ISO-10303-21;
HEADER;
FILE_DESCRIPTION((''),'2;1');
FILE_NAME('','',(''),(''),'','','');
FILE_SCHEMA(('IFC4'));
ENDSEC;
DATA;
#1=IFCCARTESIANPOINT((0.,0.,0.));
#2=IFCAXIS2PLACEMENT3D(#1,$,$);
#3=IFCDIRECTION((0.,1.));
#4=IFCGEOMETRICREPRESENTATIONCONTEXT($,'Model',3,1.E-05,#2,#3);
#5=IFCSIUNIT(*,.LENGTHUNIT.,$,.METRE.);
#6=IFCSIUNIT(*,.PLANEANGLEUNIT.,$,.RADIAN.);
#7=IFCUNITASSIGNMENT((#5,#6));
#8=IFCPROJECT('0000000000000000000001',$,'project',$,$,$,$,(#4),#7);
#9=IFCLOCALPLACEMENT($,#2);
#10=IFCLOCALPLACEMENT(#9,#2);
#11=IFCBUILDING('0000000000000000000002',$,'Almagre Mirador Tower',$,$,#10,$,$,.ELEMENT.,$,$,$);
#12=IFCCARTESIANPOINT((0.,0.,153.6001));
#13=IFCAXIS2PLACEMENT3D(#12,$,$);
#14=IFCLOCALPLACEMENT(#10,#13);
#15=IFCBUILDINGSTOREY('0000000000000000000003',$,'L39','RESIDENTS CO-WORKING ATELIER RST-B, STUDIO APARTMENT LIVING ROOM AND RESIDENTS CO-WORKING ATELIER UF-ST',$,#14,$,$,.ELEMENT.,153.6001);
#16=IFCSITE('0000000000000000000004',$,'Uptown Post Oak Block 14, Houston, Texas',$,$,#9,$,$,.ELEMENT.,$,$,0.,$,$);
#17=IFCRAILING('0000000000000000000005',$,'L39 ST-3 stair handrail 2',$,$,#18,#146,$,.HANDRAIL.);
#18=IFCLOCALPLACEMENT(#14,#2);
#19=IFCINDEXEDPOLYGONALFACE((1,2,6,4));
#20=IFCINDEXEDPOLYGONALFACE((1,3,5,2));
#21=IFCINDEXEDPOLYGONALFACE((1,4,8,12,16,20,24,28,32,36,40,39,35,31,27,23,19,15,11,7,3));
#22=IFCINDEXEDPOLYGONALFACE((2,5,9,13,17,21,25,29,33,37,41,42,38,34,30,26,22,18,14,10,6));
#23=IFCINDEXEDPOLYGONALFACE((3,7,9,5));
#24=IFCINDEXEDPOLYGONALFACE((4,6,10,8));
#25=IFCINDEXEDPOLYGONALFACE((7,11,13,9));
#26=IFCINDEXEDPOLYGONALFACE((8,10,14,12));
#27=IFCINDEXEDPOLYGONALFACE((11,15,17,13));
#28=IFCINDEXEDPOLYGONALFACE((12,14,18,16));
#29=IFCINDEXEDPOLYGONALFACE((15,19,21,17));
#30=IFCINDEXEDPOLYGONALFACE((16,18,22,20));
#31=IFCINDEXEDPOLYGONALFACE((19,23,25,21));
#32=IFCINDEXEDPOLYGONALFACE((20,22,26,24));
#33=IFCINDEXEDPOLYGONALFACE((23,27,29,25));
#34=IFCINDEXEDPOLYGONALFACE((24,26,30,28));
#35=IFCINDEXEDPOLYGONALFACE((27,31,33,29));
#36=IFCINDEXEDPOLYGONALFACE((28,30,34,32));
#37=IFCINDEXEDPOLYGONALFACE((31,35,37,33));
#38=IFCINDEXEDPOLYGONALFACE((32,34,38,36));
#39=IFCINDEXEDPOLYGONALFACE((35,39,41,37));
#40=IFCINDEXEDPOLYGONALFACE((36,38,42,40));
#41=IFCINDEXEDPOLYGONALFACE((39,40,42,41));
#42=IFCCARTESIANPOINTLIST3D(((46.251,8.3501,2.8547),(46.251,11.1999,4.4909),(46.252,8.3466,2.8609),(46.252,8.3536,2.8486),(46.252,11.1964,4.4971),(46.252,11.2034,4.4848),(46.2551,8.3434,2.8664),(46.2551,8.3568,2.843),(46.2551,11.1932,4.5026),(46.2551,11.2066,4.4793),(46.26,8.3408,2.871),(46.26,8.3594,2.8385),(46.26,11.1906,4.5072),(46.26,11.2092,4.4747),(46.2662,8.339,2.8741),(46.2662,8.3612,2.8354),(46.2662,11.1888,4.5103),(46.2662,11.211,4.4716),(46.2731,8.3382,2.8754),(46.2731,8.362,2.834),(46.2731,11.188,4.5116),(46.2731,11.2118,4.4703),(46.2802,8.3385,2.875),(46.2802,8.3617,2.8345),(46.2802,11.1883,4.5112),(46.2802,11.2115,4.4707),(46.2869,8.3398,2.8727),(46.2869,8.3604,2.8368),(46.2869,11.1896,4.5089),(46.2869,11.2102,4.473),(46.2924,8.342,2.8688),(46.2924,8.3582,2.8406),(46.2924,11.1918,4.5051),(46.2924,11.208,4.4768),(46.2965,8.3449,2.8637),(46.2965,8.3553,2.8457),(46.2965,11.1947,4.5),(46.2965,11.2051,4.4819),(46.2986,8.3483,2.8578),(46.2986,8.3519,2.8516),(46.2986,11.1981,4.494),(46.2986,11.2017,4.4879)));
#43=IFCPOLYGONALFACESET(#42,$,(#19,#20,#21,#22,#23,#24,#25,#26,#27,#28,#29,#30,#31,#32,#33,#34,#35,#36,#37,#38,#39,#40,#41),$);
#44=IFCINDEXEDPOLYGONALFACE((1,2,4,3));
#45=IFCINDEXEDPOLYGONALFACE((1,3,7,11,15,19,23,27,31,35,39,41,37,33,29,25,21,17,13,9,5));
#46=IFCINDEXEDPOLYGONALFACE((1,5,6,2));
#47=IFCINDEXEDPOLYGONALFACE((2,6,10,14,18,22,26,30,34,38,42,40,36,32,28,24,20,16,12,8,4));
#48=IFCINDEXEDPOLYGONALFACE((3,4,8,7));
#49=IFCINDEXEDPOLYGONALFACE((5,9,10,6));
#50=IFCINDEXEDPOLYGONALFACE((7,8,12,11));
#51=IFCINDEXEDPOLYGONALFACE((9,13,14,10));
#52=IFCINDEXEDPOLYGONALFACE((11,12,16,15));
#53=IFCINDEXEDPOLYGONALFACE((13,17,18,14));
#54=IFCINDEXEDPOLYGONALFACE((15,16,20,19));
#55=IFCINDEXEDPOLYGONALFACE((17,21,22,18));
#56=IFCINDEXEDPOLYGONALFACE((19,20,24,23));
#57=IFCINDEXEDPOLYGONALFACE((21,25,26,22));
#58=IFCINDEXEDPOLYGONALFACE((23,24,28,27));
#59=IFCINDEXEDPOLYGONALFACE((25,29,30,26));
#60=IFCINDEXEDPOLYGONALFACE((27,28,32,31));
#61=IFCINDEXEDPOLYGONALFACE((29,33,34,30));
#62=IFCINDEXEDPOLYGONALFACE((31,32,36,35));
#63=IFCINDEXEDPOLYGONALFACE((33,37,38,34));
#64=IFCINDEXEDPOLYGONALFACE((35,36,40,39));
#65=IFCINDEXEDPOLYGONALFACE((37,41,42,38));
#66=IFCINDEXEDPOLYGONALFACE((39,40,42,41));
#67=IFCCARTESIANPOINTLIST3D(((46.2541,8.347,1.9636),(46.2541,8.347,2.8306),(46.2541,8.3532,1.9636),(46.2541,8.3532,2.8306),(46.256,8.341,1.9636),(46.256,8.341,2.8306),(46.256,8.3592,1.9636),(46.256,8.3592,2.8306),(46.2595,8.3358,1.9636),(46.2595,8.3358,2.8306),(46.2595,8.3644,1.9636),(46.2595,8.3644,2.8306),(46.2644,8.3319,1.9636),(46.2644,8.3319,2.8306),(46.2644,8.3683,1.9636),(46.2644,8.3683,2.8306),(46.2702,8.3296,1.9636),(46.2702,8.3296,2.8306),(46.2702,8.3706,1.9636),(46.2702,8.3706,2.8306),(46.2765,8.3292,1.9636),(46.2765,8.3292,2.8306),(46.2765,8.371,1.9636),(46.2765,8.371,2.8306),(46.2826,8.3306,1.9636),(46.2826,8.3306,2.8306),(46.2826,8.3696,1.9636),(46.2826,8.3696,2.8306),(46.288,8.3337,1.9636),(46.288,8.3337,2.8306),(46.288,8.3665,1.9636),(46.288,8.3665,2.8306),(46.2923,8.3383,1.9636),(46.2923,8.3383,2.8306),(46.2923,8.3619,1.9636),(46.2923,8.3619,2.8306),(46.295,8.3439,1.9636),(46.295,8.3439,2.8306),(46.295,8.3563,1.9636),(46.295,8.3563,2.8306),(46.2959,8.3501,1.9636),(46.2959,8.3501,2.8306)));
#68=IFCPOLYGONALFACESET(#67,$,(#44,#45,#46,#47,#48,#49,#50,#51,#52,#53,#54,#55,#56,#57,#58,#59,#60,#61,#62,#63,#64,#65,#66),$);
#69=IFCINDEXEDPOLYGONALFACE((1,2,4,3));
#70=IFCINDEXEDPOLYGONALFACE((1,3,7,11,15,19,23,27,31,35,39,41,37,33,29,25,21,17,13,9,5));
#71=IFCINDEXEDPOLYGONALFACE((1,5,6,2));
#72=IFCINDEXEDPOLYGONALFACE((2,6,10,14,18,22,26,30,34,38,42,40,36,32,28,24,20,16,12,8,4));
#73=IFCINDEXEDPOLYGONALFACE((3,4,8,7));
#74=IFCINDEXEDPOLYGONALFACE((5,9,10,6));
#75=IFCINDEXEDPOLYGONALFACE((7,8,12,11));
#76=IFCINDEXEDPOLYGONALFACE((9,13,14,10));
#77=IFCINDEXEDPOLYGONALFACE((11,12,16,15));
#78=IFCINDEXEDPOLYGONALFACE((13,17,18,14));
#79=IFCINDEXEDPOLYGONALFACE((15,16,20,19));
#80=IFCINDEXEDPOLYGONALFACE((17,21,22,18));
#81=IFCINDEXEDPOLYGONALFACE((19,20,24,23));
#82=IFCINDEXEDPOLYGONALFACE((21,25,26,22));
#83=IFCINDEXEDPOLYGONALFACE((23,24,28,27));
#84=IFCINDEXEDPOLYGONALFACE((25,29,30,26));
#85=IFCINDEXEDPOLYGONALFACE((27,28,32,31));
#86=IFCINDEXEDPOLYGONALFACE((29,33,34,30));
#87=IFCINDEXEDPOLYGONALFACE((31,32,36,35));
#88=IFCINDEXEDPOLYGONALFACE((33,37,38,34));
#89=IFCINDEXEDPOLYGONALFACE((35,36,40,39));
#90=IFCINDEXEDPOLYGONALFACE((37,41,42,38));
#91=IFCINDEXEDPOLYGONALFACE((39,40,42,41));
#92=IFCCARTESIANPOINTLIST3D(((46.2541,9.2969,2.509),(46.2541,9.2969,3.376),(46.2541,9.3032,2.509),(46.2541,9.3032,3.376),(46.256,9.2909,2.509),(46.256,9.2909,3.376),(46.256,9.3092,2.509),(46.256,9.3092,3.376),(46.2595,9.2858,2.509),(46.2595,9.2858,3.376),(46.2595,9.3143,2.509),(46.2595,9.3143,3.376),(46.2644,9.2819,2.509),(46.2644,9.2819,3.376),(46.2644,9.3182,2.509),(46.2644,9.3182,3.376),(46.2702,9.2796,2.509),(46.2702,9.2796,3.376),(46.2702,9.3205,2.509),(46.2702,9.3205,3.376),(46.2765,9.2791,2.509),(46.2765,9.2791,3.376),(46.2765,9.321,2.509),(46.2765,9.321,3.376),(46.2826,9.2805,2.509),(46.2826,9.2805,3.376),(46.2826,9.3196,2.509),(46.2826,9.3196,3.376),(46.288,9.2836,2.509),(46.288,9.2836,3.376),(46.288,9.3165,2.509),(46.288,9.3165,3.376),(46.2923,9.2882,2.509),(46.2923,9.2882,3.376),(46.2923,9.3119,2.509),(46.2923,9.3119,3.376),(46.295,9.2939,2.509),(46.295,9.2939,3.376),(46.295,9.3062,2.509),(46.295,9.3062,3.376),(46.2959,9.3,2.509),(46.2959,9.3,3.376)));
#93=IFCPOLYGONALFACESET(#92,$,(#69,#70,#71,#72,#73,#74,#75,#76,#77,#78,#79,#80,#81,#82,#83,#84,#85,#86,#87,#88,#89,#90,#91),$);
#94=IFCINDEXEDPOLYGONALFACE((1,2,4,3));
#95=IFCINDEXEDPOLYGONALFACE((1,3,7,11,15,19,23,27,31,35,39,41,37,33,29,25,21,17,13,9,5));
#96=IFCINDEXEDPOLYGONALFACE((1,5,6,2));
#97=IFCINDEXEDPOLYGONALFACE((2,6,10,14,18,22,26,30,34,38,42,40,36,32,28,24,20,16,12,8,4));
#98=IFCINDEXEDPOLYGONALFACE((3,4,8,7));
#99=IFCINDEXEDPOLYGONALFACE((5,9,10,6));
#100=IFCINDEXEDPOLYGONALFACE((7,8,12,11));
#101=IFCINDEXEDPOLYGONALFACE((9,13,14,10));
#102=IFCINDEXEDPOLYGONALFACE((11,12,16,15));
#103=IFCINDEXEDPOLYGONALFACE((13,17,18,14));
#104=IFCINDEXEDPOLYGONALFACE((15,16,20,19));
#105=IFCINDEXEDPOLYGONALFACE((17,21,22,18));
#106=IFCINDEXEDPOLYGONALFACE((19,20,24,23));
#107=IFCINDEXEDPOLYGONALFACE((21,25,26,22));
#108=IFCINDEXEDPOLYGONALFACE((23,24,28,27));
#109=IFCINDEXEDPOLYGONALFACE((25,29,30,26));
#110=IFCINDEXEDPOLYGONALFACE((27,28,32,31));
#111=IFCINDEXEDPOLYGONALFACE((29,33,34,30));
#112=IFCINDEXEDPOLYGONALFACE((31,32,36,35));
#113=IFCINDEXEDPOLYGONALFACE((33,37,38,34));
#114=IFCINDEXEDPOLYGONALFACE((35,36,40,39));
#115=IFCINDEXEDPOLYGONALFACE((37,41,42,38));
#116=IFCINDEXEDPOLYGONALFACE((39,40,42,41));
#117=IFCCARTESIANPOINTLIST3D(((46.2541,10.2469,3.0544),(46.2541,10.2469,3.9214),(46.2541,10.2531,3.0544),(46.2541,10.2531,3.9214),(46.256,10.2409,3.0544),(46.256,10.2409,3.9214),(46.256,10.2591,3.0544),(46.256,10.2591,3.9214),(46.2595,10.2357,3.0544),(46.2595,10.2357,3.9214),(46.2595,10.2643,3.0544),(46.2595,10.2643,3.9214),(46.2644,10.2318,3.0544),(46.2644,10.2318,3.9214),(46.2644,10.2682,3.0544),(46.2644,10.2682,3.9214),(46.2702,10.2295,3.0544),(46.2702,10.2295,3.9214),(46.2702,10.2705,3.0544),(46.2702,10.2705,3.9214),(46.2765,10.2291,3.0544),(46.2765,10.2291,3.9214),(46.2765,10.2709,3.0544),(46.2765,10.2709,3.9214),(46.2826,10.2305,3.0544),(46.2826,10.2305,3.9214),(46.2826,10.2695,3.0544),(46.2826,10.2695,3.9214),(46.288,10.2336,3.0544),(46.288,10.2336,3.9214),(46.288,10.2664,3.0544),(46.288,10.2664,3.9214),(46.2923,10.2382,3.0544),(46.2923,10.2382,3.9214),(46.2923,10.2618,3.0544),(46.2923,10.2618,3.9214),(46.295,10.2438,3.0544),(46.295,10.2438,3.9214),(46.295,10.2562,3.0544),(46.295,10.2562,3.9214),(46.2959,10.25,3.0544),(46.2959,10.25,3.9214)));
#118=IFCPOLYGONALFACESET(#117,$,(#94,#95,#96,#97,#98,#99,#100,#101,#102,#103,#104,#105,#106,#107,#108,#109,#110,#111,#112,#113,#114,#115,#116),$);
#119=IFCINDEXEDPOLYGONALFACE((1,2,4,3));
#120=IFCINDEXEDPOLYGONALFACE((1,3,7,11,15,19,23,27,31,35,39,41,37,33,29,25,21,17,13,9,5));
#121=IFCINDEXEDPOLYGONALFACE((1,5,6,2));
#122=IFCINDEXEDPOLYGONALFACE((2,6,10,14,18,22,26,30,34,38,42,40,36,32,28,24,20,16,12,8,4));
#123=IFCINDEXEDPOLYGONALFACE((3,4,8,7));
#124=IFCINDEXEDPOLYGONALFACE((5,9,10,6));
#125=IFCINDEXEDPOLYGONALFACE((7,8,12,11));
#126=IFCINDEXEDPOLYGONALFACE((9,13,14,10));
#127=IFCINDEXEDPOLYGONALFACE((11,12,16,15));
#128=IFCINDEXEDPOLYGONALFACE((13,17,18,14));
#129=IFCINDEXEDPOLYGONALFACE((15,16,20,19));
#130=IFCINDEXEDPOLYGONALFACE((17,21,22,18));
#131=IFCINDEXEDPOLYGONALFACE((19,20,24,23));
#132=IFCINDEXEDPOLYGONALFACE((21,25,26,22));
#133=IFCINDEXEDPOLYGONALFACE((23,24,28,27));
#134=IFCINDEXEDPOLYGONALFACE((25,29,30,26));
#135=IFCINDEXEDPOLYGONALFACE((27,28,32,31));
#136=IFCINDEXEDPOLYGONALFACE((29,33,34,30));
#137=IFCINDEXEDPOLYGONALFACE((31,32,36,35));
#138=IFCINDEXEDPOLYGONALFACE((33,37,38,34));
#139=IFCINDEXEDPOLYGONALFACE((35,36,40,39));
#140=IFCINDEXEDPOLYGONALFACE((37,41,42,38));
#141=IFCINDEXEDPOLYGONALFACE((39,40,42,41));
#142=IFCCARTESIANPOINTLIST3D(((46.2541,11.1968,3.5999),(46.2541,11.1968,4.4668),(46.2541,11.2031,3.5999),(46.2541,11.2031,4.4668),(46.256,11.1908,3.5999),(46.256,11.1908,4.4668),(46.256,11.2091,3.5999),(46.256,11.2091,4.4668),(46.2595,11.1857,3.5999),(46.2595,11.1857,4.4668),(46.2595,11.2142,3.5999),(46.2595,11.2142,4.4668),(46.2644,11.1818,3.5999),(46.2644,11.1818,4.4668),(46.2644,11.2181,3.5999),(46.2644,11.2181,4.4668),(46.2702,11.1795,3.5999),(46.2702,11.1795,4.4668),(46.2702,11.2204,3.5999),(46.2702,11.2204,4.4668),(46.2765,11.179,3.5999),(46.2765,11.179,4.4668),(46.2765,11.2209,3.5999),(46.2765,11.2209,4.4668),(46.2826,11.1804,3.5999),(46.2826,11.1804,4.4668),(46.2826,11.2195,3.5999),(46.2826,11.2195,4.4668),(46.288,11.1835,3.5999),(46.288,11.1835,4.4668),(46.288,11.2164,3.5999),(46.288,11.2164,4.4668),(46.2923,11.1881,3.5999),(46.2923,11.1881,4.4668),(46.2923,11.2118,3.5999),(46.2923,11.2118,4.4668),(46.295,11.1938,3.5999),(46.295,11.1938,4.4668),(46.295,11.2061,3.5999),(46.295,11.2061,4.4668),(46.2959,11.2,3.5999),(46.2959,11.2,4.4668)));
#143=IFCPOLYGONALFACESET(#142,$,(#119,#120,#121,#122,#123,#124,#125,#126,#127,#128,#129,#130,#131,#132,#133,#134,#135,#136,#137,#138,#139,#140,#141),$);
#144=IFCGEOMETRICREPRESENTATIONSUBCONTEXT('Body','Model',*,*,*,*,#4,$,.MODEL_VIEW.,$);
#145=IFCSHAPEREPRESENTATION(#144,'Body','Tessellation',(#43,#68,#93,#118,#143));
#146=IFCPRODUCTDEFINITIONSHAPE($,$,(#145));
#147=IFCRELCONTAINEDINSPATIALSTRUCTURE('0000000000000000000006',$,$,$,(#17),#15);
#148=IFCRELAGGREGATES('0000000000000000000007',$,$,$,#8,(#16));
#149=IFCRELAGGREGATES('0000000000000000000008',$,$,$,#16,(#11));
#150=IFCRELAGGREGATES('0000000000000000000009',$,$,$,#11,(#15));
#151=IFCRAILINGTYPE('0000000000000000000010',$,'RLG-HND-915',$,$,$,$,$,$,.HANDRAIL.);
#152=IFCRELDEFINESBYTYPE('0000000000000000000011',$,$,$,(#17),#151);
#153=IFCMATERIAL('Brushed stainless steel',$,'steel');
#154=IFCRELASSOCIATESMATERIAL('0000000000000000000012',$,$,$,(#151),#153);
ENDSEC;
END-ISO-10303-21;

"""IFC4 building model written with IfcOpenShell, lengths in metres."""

from ifc_helpers import new_model, si_unit, direction, frame, origin, origin_2d, place, context, subcontext, project, spatial, circle, extrude, material, type_object, element, save


model = new_model("IFC4")

# Units and contexts
model_context = context("Model", 3, precision=1e-05, world=origin(), true_north=direction((0.0, 1.0)))
body_context = subcontext(model_context, "Body", "Model", "MODEL_VIEW")
ifc_project = project(units=[si_unit("LENGTHUNIT", "METRE"), si_unit("PLANEANGLEUNIT", "RADIAN")], contexts=[model_context])

# Site, building, storey
site_placement = place(None, origin())
site = spatial("IfcSite", under=ifc_project, at=site_placement, Name="Uptown Post Oak Block 14, Houston, Texas", CompositionType="ELEMENT", RefElevation=0.0)
building_placement = place(site_placement, origin())
building = spatial("IfcBuilding", under=site, at=building_placement, Name="Almagre Mirador Tower", CompositionType="ELEMENT")
storey_placement = place(building_placement, frame((0.0, 0.0, 153.6001)))
storey = spatial("IfcBuildingStorey", under=building, at=storey_placement, Name="L39", Description="RESIDENTS CO-WORKING ATELIER RST-B, STUDIO APARTMENT LIVING ROOM AND RESIDENTS CO-WORKING ATELIER UF-ST", CompositionType="ELEMENT", Elevation=153.6001)

# Railing
ifc_material_1 = material(Name="Brushed stainless steel", Category="steel")
railing_type_1 = type_object("IfcRailingType", Name="RLG-HND-915", PredefinedType="HANDRAIL", material=ifc_material_1)
railing_1_placement = place(storey_placement, frame((46.2749, 8.3501, 1.9636)))
element("IfcRailing", 1, at=railing_1_placement, inside=storey, type_object=railing_type_1, Name="L39 ST-3 stair handrail 2", PredefinedType="HANDRAIL", context=body_context, shape_type="SweptSolid", body=[
    extrude(circle(Radius=0.0239, at=origin_2d()), frame((0.0, 0.0, 0.8911), z_axis=(0.0, 0.867226, 0.497914), x_axis=(-1.0, 0.0, 0.0)), (0.0, 0.0, 1.0), 3.2861),
    extrude(circle(Radius=0.021, at=origin_2d()), origin(), (0.0, 0.0, 1.0), 0.8669),
    extrude(circle(Radius=0.021, at=origin_2d()), frame((0.0, 0.95, 0.5454)), (0.0, 0.0, 1.0), 0.8669),
    extrude(circle(Radius=0.021, at=origin_2d()), frame((0.0, 1.8999, 1.0908)), (0.0, 0.0, 1.0), 0.8669),
    extrude(circle(Radius=0.021, at=origin_2d()), frame((0.0, 2.8499, 1.6362)), (0.0, 0.0, 1.0), 0.8669),
])

save(model, "model.ifc")
